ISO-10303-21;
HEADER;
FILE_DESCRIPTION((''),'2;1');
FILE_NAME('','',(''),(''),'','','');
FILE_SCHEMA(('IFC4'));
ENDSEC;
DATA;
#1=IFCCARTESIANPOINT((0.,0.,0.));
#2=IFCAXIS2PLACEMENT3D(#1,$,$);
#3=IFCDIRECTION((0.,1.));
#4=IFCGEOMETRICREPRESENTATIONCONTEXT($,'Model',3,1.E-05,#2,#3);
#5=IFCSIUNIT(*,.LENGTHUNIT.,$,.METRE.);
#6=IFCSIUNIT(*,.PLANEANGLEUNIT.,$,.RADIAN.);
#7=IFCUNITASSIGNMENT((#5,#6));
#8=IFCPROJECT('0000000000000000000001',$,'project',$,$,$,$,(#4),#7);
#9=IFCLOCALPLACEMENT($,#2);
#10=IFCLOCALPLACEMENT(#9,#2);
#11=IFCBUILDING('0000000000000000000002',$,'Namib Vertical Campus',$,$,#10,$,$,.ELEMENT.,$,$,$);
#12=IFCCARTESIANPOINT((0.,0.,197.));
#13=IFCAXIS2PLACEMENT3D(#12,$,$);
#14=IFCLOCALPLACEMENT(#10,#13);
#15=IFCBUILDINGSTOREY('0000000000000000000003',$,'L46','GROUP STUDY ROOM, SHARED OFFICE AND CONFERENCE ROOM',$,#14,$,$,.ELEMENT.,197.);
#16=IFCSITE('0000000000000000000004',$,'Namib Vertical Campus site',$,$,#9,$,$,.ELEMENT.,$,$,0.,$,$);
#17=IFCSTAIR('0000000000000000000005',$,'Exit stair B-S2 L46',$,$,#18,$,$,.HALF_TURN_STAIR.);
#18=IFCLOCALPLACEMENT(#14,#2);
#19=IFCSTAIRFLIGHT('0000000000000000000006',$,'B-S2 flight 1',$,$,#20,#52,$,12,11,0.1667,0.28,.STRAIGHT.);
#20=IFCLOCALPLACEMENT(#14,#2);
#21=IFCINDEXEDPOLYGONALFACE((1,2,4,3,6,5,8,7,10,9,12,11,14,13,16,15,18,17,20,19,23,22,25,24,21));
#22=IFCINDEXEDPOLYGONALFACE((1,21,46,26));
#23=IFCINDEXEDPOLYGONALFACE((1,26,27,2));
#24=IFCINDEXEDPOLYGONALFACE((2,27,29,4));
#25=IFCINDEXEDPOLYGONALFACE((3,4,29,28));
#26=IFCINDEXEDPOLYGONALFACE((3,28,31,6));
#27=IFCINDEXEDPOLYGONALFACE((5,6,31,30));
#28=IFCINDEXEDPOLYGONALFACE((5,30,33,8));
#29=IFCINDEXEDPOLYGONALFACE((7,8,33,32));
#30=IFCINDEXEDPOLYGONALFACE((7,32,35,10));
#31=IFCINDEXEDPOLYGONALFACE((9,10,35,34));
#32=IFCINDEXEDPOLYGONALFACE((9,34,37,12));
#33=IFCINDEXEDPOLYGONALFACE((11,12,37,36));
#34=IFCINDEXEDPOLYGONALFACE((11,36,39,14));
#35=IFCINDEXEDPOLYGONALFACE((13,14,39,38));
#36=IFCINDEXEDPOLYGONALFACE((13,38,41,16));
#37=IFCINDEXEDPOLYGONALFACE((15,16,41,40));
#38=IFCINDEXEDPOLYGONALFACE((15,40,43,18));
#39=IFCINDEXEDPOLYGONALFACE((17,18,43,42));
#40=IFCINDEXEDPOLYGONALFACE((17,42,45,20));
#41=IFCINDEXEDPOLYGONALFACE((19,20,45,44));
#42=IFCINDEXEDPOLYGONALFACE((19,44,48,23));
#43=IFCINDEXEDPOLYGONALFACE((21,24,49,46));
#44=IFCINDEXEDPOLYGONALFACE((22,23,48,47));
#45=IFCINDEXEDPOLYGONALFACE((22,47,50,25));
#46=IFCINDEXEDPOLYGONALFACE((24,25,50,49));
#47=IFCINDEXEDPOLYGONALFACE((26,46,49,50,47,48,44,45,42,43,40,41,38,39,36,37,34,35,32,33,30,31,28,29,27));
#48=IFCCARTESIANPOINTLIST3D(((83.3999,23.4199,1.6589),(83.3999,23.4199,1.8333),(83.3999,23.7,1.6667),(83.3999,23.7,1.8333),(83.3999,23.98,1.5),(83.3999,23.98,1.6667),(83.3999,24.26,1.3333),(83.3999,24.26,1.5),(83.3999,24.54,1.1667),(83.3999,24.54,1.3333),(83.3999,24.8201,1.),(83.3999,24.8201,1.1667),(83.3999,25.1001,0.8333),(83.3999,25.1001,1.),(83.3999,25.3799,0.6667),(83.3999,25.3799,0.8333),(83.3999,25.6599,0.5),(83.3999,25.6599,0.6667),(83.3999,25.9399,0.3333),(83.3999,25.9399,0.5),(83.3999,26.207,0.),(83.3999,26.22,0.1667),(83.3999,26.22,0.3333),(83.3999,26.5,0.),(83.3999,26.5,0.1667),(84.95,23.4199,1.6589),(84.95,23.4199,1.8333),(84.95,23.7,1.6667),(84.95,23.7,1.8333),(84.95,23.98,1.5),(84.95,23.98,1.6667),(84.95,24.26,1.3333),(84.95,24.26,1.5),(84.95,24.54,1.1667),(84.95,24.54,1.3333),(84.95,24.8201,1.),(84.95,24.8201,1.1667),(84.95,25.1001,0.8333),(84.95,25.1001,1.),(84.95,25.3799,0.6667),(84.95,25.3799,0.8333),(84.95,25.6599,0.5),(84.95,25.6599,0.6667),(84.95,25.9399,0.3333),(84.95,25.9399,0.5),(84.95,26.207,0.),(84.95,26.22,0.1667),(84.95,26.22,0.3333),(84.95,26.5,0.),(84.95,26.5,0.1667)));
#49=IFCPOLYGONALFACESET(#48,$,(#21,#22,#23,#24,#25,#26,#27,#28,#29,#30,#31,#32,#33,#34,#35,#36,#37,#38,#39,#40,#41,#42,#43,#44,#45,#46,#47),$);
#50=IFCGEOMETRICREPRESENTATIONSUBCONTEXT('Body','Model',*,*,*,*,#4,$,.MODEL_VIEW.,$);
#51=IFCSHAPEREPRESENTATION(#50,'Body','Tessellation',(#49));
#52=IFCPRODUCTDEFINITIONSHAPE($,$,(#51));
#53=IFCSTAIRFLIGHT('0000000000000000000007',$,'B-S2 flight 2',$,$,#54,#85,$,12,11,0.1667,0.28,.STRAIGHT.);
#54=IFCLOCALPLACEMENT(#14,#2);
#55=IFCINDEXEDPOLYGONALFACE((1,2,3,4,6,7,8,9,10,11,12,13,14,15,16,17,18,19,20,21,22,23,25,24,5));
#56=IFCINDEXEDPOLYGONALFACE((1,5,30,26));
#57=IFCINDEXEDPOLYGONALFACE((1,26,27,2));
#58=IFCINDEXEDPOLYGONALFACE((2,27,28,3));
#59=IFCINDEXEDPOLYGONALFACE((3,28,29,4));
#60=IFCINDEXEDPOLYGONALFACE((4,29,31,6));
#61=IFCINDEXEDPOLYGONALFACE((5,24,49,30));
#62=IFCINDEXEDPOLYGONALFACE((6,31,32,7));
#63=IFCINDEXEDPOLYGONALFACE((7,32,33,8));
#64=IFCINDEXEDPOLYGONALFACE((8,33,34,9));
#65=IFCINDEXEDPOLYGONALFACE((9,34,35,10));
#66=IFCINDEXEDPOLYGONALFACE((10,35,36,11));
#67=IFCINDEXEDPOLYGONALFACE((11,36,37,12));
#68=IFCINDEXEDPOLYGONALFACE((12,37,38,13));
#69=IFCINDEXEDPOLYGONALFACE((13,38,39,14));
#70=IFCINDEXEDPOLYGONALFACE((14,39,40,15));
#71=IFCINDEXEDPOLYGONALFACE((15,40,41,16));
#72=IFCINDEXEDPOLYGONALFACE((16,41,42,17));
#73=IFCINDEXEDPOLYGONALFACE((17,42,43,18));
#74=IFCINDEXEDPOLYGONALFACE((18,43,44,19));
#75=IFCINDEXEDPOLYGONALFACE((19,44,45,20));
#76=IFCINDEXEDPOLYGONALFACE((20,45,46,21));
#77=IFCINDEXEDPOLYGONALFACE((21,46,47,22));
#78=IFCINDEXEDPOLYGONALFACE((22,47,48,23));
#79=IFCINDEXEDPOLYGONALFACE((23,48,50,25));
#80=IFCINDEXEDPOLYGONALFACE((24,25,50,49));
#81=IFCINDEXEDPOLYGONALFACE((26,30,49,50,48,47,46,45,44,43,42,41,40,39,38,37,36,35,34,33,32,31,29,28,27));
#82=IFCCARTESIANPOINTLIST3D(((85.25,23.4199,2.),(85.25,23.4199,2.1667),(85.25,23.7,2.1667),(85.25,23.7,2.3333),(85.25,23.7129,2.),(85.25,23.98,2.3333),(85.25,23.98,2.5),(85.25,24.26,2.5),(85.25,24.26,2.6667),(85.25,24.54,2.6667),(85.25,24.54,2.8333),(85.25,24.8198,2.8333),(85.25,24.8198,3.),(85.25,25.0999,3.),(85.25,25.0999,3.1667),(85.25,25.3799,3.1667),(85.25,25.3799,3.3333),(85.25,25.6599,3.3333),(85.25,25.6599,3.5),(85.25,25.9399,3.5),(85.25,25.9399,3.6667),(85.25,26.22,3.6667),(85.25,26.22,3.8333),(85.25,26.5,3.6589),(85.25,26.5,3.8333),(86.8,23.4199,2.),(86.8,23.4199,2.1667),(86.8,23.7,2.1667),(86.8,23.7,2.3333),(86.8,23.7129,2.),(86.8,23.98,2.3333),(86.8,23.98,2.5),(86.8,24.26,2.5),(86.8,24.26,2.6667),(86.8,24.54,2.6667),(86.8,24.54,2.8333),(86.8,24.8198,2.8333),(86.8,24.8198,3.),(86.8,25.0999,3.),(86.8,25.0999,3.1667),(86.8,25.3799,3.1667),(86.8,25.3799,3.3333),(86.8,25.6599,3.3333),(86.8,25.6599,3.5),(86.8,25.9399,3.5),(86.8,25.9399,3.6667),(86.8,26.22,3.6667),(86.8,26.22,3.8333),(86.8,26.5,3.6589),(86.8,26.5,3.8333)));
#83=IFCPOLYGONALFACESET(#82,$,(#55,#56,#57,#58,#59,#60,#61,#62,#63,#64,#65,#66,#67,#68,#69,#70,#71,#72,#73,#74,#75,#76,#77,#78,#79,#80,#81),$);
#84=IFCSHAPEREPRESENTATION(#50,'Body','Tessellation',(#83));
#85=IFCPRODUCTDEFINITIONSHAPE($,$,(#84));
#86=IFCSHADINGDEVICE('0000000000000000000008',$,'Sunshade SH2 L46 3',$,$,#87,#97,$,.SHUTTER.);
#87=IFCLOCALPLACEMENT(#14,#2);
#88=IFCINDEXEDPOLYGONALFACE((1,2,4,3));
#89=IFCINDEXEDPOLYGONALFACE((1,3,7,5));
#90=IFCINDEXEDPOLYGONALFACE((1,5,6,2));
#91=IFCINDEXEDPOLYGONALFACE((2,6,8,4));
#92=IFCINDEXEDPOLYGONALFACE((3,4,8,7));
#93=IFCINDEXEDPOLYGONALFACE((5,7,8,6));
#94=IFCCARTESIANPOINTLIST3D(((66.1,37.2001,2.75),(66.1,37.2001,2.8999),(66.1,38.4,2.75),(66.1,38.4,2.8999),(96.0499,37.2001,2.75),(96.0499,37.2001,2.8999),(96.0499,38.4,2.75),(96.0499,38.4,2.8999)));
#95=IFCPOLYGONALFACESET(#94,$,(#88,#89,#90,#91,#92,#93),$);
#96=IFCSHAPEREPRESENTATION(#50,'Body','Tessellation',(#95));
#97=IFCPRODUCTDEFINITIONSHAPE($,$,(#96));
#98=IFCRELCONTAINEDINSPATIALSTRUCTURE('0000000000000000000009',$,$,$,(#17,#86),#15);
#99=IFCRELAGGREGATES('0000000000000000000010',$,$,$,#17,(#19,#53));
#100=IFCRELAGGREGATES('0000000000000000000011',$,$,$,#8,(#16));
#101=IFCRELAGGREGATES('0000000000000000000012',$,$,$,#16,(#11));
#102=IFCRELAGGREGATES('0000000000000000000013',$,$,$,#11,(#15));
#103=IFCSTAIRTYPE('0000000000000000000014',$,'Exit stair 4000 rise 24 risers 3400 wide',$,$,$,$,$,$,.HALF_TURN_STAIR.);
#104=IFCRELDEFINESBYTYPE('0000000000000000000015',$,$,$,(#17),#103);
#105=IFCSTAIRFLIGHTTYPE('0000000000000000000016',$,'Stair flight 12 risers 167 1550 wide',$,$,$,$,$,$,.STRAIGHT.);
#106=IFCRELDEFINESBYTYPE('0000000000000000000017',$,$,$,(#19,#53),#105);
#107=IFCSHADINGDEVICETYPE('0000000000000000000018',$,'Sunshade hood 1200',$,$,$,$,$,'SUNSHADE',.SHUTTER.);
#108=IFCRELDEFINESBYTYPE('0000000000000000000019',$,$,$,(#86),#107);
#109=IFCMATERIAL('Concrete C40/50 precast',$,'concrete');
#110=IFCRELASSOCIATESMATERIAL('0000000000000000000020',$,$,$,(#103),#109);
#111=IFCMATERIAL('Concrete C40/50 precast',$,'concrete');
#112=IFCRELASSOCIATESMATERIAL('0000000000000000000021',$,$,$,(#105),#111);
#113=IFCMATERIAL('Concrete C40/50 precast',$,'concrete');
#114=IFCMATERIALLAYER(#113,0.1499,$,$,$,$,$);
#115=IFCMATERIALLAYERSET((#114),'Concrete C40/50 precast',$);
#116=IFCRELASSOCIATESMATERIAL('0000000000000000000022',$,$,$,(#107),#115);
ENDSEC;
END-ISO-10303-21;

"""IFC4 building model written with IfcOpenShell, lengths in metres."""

from ifc_helpers import new_model, si_unit, direction, frame, origin, origin_2d, place, context, subcontext, project, spatial, polyline, rectangle, outline, extrude, material, layer, layer_set, type_object, element, aggregate, save


model = new_model("IFC4")

# Units and contexts
model_context = context("Model", 3, precision=1e-05, world=origin(), true_north=direction((0.0, 1.0)))
body_context = subcontext(model_context, "Body", "Model", "MODEL_VIEW")
ifc_project = project(units=[si_unit("LENGTHUNIT", "METRE"), si_unit("PLANEANGLEUNIT", "RADIAN")], contexts=[model_context])

# Site, building, storey
site_placement = place(None, origin())
site = spatial("IfcSite", under=ifc_project, at=site_placement, Name="Namib Vertical Campus site", CompositionType="ELEMENT", RefElevation=0.0)
building_placement = place(site_placement, origin())
building = spatial("IfcBuilding", under=site, at=building_placement, Name="Namib Vertical Campus", CompositionType="ELEMENT")
storey_placement = place(building_placement, frame((0.0, 0.0, 197.0)))
storey = spatial("IfcBuildingStorey", under=building, at=storey_placement, Name="L46", Description="GROUP STUDY ROOM, SHARED OFFICE AND CONFERENCE ROOM", CompositionType="ELEMENT", Elevation=197.0)

# Stair, stair flights
ifc_material_1 = material(Name="Concrete C40/50 precast", Category="concrete")
stair_type = type_object("IfcStairType", Name="Exit stair 4000 rise 24 risers 3400 wide", PredefinedType="HALF_TURN_STAIR", material=ifc_material_1)
stair_placement = place(storey_placement, origin())
stair = element("IfcStair", 1, at=stair_placement, inside=storey, type_object=stair_type, Name="Exit stair B-S2 L46", PredefinedType="HALF_TURN_STAIR")
ifc_material_2 = material(Name="Concrete C40/50 precast", Category="concrete")
stair_flight_type = type_object("IfcStairFlightType", Name="Stair flight 12 risers 167 1550 wide", PredefinedType="STRAIGHT", material=ifc_material_2)
stair_flight_1_placement = place(storey_placement, frame((84.175, 26.5, 0.0), z_axis=(0.0, 0.0, 1.0), x_axis=(0.0, -1.0, 0.0)))
stair_flight_1 = element("IfcStairFlight", 2, at=stair_flight_1_placement, type_object=stair_flight_type, Name="B-S2 flight 1", NumberOfRisers=12, NumberOfTreads=11, PredefinedType="STRAIGHT", RiserHeight=0.1667, TreadLength=0.28, context=body_context, shape_type="SweptSolid", body=[
    extrude(outline(polyline([(0.0, 0.0), (0.0, 0.1667), (0.28, 0.1667), (0.28, 0.3333), (0.5601, 0.3333), (0.5601, 0.5), (0.8401, 0.5), (0.8401, 0.6667), (1.1201, 0.6667), (1.1201, 0.8333), (1.3999, 0.8333), (1.3999, 1.0), (1.6799, 1.0), (1.6799, 1.1667), (1.96, 1.1667), (1.96, 1.3333), (2.24, 1.3333), (2.24, 1.5), (2.52, 1.5), (2.52, 1.6667), (2.8, 1.6667), (2.8, 1.8333), (3.0801, 1.8333), (3.0801, 2.0), (3.0801, 1.6589), (0.293, 0.0), (0.0, 0.0)])), frame((0.0, 0.7749, 0.0), z_axis=(0.0, -1.0, 0.0), x_axis=(1.0, 0.0, 0.0)), (0.0, 0.0, 1.0), 1.55),
])
stair_flight_2_placement = place(storey_placement, frame((86.0249, 23.4199, 2.0), z_axis=(0.0, 0.0, 1.0), x_axis=(0.0, 1.0, 0.0)))
stair_flight_2 = element("IfcStairFlight", 3, at=stair_flight_2_placement, type_object=stair_flight_type, Name="B-S2 flight 2", NumberOfRisers=12, NumberOfTreads=11, PredefinedType="STRAIGHT", RiserHeight=0.1667, TreadLength=0.28, context=body_context, shape_type="SweptSolid", body=[
    extrude(outline(polyline([(0.0, 0.0), (0.0, 0.1667), (0.28, 0.1667), (0.28, 0.3333), (0.5601, 0.3333), (0.5601, 0.5), (0.8401, 0.5), (0.8401, 0.6667), (1.1201, 0.6667), (1.1201, 0.8333), (1.3999, 0.8333), (1.3999, 1.0), (1.6799, 1.0), (1.6799, 1.1667), (1.96, 1.1667), (1.96, 1.3333), (2.24, 1.3333), (2.24, 1.5), (2.52, 1.5), (2.52, 1.6667), (2.8, 1.6667), (2.8, 1.8333), (3.0801, 1.8333), (3.0801, 2.0), (3.0801, 1.6589), (0.293, 0.0), (0.0, 0.0)])), frame((0.0, 0.7749, 0.0), z_axis=(0.0, -1.0, 0.0), x_axis=(1.0, 0.0, 0.0)), (0.0, 0.0, 1.0), 1.55),
])
aggregate(stair, [stair_flight_1, stair_flight_2])

# Shading device
ifc_material_3 = material(Name="Concrete C40/50 precast", Category="concrete")
ifc_layer_1 = layer(ifc_material_3, 0.1499)
ifc_layer_set_1 = layer_set([ifc_layer_1], Name="Concrete C40/50 precast")
shading_device_type = type_object("IfcShadingDeviceType", Name="Sunshade hood 1200", ElementType="SUNSHADE", PredefinedType="SHUTTER", material=ifc_layer_set_1)
shading_device_placement = place(storey_placement, frame((81.075, 37.8, 2.75), z_axis=(0.0, 0.0, 1.0), x_axis=(-1.0, 0.0, 0.0)))
element("IfcShadingDevice", 4, at=shading_device_placement, inside=storey, type_object=shading_device_type, Name="Sunshade SH2 L46 3", PredefinedType="SHUTTER", context=body_context, shape_type="SweptSolid", body=[
    extrude(rectangle(XDim=29.95, YDim=1.2, at=origin_2d()), origin(), (0.0, 0.0, 1.0), 0.1499),
])

save(model, "model.ifc")
